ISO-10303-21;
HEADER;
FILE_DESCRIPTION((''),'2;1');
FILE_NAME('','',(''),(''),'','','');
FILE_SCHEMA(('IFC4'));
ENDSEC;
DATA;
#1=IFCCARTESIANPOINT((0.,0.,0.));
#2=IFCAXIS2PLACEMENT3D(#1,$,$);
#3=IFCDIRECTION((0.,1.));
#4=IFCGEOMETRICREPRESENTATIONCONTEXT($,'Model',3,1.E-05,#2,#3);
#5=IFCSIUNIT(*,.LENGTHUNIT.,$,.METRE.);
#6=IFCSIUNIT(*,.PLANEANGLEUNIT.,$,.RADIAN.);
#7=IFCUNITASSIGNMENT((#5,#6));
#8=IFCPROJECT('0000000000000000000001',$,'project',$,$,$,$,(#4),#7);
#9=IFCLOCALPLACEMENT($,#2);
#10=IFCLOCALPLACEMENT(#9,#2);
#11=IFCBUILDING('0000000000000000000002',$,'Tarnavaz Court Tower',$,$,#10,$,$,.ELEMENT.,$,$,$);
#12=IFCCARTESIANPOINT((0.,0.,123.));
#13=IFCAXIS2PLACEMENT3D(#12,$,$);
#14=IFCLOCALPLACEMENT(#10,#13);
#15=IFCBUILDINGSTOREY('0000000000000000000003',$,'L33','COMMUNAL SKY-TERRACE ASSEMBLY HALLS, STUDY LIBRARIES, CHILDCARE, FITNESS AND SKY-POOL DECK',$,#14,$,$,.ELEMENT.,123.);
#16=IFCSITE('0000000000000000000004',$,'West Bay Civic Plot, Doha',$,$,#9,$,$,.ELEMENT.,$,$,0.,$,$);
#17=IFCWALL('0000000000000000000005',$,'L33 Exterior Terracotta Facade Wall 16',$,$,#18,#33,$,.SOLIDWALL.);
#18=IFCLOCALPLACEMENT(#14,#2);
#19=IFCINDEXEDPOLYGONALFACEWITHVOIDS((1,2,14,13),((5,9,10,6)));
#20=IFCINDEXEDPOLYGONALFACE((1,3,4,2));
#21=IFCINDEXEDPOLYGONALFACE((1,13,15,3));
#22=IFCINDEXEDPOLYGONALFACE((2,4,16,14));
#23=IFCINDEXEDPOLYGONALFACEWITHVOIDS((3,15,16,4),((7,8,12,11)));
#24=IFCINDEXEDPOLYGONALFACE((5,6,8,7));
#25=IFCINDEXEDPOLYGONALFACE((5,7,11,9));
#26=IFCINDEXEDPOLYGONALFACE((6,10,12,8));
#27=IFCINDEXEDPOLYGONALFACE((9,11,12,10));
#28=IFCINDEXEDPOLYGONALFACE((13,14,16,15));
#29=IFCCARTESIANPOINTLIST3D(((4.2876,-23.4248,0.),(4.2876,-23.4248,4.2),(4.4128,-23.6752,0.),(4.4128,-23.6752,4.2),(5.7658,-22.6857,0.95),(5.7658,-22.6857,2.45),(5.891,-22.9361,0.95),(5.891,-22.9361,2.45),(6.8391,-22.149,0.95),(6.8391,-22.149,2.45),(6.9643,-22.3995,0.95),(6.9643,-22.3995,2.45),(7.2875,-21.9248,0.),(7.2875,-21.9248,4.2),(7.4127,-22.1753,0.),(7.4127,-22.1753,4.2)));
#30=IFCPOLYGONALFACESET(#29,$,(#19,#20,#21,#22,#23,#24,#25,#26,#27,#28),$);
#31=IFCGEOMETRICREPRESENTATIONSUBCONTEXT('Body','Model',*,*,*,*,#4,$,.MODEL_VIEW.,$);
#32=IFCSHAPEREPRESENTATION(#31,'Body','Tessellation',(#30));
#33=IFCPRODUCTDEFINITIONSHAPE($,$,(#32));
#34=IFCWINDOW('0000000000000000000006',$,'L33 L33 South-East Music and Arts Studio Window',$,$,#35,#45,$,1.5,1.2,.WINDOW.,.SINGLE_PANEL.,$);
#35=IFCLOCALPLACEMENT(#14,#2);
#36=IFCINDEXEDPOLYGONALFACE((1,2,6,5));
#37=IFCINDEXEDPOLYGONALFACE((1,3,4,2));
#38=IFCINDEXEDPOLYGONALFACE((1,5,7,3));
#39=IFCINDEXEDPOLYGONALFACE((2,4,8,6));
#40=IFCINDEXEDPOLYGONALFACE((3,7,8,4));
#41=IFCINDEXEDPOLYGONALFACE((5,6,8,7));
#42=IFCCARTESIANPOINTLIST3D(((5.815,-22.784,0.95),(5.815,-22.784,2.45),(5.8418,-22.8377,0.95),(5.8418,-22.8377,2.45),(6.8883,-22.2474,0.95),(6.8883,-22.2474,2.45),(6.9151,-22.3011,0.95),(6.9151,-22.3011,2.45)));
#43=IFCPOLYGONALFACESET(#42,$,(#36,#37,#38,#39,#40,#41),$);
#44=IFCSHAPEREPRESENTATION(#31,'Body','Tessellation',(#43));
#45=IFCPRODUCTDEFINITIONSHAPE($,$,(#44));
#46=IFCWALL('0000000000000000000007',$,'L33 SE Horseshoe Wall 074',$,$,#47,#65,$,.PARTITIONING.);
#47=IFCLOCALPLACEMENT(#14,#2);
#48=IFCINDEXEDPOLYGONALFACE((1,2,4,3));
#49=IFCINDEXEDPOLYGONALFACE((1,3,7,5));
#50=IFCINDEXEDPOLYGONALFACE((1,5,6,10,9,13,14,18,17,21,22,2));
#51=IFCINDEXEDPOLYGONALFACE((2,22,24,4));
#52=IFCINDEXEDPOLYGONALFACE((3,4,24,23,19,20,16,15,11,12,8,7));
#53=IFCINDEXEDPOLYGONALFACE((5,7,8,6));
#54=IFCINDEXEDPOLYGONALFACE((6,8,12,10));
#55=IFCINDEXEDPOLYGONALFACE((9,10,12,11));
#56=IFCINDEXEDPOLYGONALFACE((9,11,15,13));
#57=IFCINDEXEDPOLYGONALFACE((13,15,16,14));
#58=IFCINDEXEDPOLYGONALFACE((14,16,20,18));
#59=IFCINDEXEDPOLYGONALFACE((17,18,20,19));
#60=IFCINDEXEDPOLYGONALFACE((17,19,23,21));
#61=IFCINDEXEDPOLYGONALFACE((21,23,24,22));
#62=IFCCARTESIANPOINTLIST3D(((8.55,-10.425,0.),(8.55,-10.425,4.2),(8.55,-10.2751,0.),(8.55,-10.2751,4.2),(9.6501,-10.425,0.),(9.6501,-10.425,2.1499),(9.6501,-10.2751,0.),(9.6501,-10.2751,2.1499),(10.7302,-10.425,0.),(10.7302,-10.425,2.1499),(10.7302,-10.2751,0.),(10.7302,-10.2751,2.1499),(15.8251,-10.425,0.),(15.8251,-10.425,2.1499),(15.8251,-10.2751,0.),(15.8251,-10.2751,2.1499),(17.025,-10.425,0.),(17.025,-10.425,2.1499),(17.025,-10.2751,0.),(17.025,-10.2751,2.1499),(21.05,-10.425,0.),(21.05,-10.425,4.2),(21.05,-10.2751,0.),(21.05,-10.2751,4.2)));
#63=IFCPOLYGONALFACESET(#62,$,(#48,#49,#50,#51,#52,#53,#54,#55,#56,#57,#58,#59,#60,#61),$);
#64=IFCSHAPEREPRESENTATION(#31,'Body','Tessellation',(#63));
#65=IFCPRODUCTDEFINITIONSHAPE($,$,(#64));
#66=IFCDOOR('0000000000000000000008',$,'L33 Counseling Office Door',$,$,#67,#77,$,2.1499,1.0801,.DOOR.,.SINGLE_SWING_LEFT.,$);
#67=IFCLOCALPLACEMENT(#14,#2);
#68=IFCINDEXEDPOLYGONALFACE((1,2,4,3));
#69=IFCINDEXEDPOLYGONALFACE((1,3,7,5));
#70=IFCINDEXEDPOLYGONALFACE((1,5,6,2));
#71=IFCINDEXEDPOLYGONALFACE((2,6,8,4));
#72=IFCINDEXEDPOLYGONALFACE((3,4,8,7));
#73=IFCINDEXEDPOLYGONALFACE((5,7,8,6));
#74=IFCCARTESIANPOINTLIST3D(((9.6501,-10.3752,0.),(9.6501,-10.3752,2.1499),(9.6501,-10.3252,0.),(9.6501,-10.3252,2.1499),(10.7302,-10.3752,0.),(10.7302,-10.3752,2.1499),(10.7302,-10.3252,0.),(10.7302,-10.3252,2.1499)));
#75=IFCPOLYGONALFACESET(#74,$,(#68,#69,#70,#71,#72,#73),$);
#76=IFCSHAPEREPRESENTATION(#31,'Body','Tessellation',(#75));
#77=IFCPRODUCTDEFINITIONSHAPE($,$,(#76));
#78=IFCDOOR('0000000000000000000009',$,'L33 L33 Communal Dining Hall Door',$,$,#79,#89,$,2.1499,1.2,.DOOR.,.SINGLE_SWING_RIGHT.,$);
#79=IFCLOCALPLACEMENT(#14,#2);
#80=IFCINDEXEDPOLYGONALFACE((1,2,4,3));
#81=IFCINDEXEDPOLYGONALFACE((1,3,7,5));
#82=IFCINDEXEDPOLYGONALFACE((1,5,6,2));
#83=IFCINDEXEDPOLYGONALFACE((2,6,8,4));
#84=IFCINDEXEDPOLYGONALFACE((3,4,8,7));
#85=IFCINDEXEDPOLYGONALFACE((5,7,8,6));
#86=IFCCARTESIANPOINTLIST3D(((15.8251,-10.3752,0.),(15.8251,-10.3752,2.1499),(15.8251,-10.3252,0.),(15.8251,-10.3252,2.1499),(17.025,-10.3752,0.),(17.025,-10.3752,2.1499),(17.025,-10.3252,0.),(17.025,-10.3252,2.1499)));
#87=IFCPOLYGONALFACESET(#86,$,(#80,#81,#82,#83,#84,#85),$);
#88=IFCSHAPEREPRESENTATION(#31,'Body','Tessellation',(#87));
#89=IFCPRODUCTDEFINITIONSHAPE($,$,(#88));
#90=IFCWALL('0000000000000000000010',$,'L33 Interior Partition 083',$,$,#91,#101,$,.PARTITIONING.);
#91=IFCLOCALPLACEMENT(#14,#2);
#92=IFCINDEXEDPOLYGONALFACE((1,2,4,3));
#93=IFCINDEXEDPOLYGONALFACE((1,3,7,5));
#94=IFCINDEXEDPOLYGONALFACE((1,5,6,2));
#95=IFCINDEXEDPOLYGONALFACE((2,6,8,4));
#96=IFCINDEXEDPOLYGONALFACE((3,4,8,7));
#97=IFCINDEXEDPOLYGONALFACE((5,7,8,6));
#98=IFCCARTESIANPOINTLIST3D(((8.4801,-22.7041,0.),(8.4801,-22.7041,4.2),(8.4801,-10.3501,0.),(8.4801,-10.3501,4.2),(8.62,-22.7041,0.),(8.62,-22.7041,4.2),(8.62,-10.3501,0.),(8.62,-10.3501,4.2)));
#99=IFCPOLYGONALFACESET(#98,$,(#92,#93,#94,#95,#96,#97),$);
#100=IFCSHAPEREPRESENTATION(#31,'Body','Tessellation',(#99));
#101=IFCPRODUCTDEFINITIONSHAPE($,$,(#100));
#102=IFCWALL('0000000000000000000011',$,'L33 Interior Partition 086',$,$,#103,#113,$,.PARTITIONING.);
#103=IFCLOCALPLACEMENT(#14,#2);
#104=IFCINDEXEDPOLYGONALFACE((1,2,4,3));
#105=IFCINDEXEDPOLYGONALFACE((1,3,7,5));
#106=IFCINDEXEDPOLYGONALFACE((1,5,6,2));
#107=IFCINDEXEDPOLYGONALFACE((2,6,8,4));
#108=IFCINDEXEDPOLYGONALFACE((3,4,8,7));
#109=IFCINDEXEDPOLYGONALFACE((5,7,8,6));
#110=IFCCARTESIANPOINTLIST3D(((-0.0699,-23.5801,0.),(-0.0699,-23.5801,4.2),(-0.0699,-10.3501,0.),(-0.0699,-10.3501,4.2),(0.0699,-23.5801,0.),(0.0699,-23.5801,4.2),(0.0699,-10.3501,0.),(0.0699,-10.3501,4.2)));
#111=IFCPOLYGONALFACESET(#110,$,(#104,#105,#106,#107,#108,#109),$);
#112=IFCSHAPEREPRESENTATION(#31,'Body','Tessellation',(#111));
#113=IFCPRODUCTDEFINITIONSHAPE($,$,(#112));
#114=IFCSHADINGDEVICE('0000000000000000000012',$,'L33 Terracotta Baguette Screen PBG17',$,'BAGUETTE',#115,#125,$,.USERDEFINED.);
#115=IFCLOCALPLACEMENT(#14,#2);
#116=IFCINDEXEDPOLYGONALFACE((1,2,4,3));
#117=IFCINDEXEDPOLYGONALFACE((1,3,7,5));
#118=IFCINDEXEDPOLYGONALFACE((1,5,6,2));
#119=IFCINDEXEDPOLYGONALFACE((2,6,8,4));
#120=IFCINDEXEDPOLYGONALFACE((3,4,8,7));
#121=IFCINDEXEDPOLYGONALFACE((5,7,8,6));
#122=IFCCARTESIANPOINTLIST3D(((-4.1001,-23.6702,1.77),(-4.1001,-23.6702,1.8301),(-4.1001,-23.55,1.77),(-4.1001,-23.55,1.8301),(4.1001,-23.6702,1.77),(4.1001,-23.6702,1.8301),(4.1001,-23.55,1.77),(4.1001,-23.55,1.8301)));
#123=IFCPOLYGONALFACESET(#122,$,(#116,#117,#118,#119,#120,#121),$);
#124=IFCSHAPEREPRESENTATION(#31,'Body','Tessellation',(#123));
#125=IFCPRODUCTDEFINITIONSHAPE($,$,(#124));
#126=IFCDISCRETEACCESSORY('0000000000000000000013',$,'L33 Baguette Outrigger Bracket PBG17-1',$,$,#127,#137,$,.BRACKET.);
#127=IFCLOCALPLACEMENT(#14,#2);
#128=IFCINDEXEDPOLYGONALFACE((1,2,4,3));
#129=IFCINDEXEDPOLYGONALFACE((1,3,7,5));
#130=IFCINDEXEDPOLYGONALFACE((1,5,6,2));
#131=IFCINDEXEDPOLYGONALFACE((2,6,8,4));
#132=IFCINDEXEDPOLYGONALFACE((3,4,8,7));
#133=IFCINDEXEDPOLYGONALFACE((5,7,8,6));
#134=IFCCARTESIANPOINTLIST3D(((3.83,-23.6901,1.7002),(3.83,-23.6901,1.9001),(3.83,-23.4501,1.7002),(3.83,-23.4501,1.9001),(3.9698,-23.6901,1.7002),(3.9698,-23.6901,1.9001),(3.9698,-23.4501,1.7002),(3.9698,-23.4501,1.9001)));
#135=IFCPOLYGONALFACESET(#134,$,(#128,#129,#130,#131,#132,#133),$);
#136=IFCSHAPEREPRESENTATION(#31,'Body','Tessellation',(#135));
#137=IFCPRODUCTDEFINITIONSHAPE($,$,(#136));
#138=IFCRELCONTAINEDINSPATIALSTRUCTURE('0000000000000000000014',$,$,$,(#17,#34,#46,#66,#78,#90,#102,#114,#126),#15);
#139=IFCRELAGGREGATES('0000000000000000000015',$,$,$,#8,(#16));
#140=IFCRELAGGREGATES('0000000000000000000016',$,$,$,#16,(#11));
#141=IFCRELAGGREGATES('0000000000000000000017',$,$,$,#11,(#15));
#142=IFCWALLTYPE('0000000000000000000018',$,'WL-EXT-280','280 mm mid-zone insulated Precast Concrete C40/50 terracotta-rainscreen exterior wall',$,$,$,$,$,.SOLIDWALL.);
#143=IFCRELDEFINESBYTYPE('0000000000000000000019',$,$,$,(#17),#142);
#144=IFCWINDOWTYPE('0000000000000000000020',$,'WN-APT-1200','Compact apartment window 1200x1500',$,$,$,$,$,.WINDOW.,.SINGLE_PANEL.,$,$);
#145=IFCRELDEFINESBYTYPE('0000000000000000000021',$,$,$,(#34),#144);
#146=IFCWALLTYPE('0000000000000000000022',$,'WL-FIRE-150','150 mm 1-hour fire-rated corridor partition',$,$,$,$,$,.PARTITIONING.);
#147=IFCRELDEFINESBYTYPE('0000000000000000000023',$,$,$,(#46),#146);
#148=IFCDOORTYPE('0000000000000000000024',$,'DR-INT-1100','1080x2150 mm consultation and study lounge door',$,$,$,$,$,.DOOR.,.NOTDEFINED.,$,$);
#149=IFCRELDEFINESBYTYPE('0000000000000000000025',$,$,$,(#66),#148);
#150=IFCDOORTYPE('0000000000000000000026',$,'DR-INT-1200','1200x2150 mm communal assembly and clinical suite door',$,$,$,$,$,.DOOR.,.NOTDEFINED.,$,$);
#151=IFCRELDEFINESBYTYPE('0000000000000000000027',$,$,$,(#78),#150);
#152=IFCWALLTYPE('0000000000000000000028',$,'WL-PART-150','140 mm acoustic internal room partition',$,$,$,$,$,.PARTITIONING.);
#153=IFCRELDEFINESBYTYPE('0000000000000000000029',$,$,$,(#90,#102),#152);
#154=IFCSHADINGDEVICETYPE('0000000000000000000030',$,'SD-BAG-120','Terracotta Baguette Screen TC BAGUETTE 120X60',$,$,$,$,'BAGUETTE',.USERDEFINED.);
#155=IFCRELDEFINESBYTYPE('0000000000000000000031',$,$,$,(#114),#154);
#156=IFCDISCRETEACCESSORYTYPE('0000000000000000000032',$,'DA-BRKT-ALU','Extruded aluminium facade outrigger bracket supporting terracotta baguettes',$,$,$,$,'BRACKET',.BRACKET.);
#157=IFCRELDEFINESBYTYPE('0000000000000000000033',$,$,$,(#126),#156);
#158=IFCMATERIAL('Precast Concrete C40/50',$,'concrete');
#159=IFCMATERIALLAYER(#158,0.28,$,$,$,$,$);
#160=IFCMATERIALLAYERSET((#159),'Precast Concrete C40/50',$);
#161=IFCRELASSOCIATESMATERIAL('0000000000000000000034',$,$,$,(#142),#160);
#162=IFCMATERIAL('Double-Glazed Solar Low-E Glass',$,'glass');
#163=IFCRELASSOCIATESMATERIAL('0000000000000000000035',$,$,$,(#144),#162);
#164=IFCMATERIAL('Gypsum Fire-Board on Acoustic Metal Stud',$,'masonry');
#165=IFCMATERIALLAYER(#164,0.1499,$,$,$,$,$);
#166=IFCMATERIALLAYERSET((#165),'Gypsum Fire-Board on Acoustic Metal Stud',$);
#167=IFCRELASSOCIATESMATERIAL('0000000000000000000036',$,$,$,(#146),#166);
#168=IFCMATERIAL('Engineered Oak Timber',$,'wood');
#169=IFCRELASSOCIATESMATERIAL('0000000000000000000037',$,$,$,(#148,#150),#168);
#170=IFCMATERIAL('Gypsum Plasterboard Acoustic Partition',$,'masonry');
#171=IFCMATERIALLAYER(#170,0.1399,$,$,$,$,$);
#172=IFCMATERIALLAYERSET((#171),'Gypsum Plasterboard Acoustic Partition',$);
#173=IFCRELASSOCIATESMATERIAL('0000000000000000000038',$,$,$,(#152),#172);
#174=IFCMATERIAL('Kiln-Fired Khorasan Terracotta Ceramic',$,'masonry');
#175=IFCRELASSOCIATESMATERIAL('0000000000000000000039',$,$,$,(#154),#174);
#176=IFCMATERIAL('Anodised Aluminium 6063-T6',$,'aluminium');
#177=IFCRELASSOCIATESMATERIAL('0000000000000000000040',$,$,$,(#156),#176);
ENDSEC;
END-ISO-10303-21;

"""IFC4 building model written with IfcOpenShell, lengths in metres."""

from ifc_helpers import new_model, si_unit, direction, frame, frame_2d, origin, origin_2d, place, context, subcontext, project, spatial, rectangle, extrude, material, layer, layer_set, material_profile, profile_set, type_object, element, fill, save


model = new_model("IFC4")

# Units and contexts
model_context = context("Model", 3, precision=1e-05, world=origin(), true_north=direction((0.0, 1.0)))
body_context = subcontext(model_context, "Body", "Model", "MODEL_VIEW")
ifc_project = project(units=[si_unit("LENGTHUNIT", "METRE"), si_unit("PLANEANGLEUNIT", "RADIAN")], contexts=[model_context])

# Site, building, storey
site_placement = place(None, origin())
site = spatial("IfcSite", under=ifc_project, at=site_placement, Name="West Bay Civic Plot, Doha", CompositionType="ELEMENT", RefElevation=0.0)
building_placement = place(site_placement, origin())
building = spatial("IfcBuilding", under=site, at=building_placement, Name="Tarnavaz Court Tower", CompositionType="ELEMENT")
storey_placement = place(building_placement, frame((0.0, 0.0, 123.0)))
storey = spatial("IfcBuildingStorey", under=building, at=storey_placement, Name="L33", Description="COMMUNAL SKY-TERRACE ASSEMBLY HALLS, STUDY LIBRARIES, CHILDCARE, FITNESS AND SKY-POOL DECK", CompositionType="ELEMENT", Elevation=123.0)

# Shared definitions
ifc_material_1 = material(Name="Anodised Aluminium 6063-T6", Category="aluminium")

# Shared definitions
ifc_material_2 = material(Name="Double-Glazed Solar Low-E Glass", Category="glass")

# Wall, opening, window
ifc_material_3 = material(Name="Precast Concrete C40/50", Category="concrete")
ifc_layer_1 = layer(ifc_material_3, 0.28)
ifc_layer_set_1 = layer_set([ifc_layer_1], Name="Precast Concrete C40/50")
wall_type_1 = type_object("IfcWallType", Name="WL-EXT-280", Description="280 mm mid-zone insulated Precast Concrete C40/50 terracotta-rainscreen exterior wall", PredefinedType="SOLIDWALL", material=ifc_layer_set_1)
wall_1_placement = place(storey_placement, frame((7.3501, -22.05, 0.0), z_axis=(0.0, 0.0, 1.0), x_axis=(-0.894427, -0.447214, 0.0)))
wall_1 = element("IfcWall", 1, at=wall_1_placement, inside=storey, type_object=wall_type_1, Name="L33 Exterior Terracotta Facade Wall 16", PredefinedType="SOLIDWALL", context=body_context, shape_type="SweptSolid", body=[
    extrude(rectangle(XDim=3.354, YDim=0.28, at=frame_2d((1.677, 0.0))), origin(), (0.0, 0.0, 1.0), 4.2),
])
opening_1_placement = place(wall_1_placement, frame((0.5012, 0.0, 0.95)))
opening_1 = element("IfcOpeningElement", 2, at=opening_1_placement, cuts=wall_1, PredefinedType="OPENING", context=body_context, shape_type="SweptSolid", body=[
    extrude(rectangle(XDim=1.2, YDim=1.5, at=frame_2d((0.6001, 0.75))), frame((0.0, 0.1499, 0.0), z_axis=(0.0, -1.0, 0.0), x_axis=(1.0, 0.0, 0.0)), (0.0, 0.0, 1.0), 0.3),
])
window_type = type_object("IfcWindowType", Name="WN-APT-1200", Description="Compact apartment window 1200x1500", PartitioningType="SINGLE_PANEL", PredefinedType="WINDOW", material=ifc_material_2)
window_placement = place(opening_1_placement, origin())
window = element("IfcWindow", 3, at=window_placement, inside=storey, type_object=window_type, Name="L33 L33 South-East Music and Arts Studio Window", OverallHeight=1.5, OverallWidth=1.2, PartitioningType="SINGLE_PANEL", PredefinedType="WINDOW", context=body_context, shape_type="SweptSolid", body=[
    extrude(rectangle(XDim=1.2, YDim=1.5, at=frame_2d((0.6001, 0.75))), frame((0.0, 0.03, 0.0), z_axis=(0.0, -1.0, 0.0), x_axis=(1.0, 0.0, 0.0)), (0.0, 0.0, 1.0), 0.0601),
])
fill(opening_1, window)

# Wall, openings, doors
ifc_material_4 = material(Name="Gypsum Fire-Board on Acoustic Metal Stud", Category="masonry")
ifc_layer_2 = layer(ifc_material_4, 0.1499)
ifc_layer_set_2 = layer_set([ifc_layer_2], Name="Gypsum Fire-Board on Acoustic Metal Stud")
wall_type_2 = type_object("IfcWallType", Name="WL-FIRE-150", Description="150 mm 1-hour fire-rated corridor partition", PredefinedType="PARTITIONING", material=ifc_layer_set_2)
wall_2_placement = place(storey_placement, frame((8.55, -10.3501, 0.0), z_axis=(0.0, 0.0, 1.0), x_axis=(1.0, 0.0, 0.0)))
wall_2 = element("IfcWall", 4, at=wall_2_placement, inside=storey, type_object=wall_type_2, Name="L33 SE Horseshoe Wall 074", PredefinedType="PARTITIONING", context=body_context, shape_type="SweptSolid", body=[
    extrude(rectangle(XDim=12.5, YDim=0.1499, at=frame_2d((6.25, 0.0))), origin(), (0.0, 0.0, 1.0), 4.2),
])
opening_2_placement = place(wall_2_placement, frame((1.1001, 0.0, 0.0)))
opening_2 = element("IfcOpeningElement", 5, at=opening_2_placement, cuts=wall_2, PredefinedType="OPENING", context=body_context, shape_type="SweptSolid", body=[
    extrude(rectangle(XDim=1.0801, YDim=2.1499, at=frame_2d((0.54, 1.075))), frame((0.0, 0.085, 0.0), z_axis=(0.0, -1.0, 0.0), x_axis=(1.0, 0.0, 0.0)), (0.0, 0.0, 1.0), 0.1699),
])
opening_3_placement = place(wall_2_placement, frame((7.2749, 0.0, 0.0)))
opening_3 = element("IfcOpeningElement", 6, at=opening_3_placement, cuts=wall_2, PredefinedType="OPENING", context=body_context, shape_type="SweptSolid", body=[
    extrude(rectangle(XDim=1.2, YDim=2.1499, at=frame_2d((0.6001, 1.075))), frame((0.0, 0.085, 0.0), z_axis=(0.0, -1.0, 0.0), x_axis=(1.0, 0.0, 0.0)), (0.0, 0.0, 1.0), 0.1699),
])
ifc_material_5 = material(Name="Engineered Oak Timber", Category="wood")
door_type_1 = type_object("IfcDoorType", Name="DR-INT-1100", Description="1080x2150 mm consultation and study lounge door", OperationType="NOTDEFINED", PredefinedType="DOOR", material=ifc_material_5)
door_1_placement = place(opening_2_placement, origin())
door_1 = element("IfcDoor", 7, at=door_1_placement, inside=storey, type_object=door_type_1, Name="L33 Counseling Office Door", OperationType="SINGLE_SWING_LEFT", OverallHeight=2.1499, OverallWidth=1.0801, PredefinedType="DOOR", context=body_context, shape_type="SweptSolid", body=[
    extrude(rectangle(XDim=1.0801, YDim=2.1499, at=frame_2d((0.54, 1.075))), frame((0.0, 0.0249, 0.0), z_axis=(0.0, -1.0, 0.0), x_axis=(1.0, 0.0, 0.0)), (0.0, 0.0, 1.0), 0.05),
])
fill(opening_2, door_1)
door_type_2 = type_object("IfcDoorType", Name="DR-INT-1200", Description="1200x2150 mm communal assembly and clinical suite door", OperationType="NOTDEFINED", PredefinedType="DOOR", material=ifc_material_5)
door_2_placement = place(opening_3_placement, origin())
door_2 = element("IfcDoor", 8, at=door_2_placement, inside=storey, type_object=door_type_2, Name="L33 L33 Communal Dining Hall Door", OperationType="SINGLE_SWING_RIGHT", OverallHeight=2.1499, OverallWidth=1.2, PredefinedType="DOOR", context=body_context, shape_type="SweptSolid", body=[
    extrude(rectangle(XDim=1.2, YDim=2.1499, at=frame_2d((0.6001, 1.075))), frame((0.0, 0.0249, 0.0), z_axis=(0.0, -1.0, 0.0), x_axis=(1.0, 0.0, 0.0)), (0.0, 0.0, 1.0), 0.05),
])
fill(opening_3, door_2)

# Walls
ifc_material_6 = material(Name="Gypsum Plasterboard Acoustic Partition", Category="masonry")
ifc_layer_3 = layer(ifc_material_6, 0.1399)
ifc_layer_set_3 = layer_set([ifc_layer_3], Name="Gypsum Plasterboard Acoustic Partition")
wall_type_3 = type_object("IfcWallType", Name="WL-PART-150", Description="140 mm acoustic internal room partition", PredefinedType="PARTITIONING", material=ifc_layer_set_3)
wall_3_placement = place(storey_placement, frame((8.55, -22.7041, 0.0), z_axis=(0.0, 0.0, 1.0), x_axis=(0.0, 1.0, 0.0)))
element("IfcWall", 9, at=wall_3_placement, inside=storey, type_object=wall_type_3, Name="L33 Interior Partition 083", PredefinedType="PARTITIONING", context=body_context, shape_type="SweptSolid", body=[
    extrude(rectangle(XDim=12.354, YDim=0.1399, at=frame_2d((6.177, 0.0))), origin(), (0.0, 0.0, 1.0), 4.2),
])
wall_4_placement = place(storey_placement, frame((0.0, -23.5801, 0.0), z_axis=(0.0, 0.0, 1.0), x_axis=(0.0, 1.0, 0.0)))
element("IfcWall", 10, at=wall_4_placement, inside=storey, type_object=wall_type_3, Name="L33 Interior Partition 086", PredefinedType="PARTITIONING", context=body_context, shape_type="SweptSolid", body=[
    extrude(rectangle(XDim=13.23, YDim=0.1399, at=frame_2d((6.615, 0.0))), origin(), (0.0, 0.0, 1.0), 4.2),
])

# Shading device
ifc_material_7 = material(Name="Kiln-Fired Khorasan Terracotta Ceramic", Category="masonry")
ifc_material_profile_1 = material_profile(ifc_material_7, rectangle(XDim=0.1201, YDim=0.0601, at=origin_2d()), Name="TC BAGUETTE 120X60")
ifc_profile_set_1 = profile_set([ifc_material_profile_1], Name="Kiln-Fired Khorasan Terracotta Ceramic")
shading_device_type = type_object("IfcShadingDeviceType", Name="SD-BAG-120", Description="Terracotta Baguette Screen TC BAGUETTE 120X60", ElementType="BAGUETTE", PredefinedType="USERDEFINED", material=ifc_profile_set_1)
shading_device_placement = place(storey_placement, frame((4.1001, -23.6101, 1.8), z_axis=(-1.0, 0.0, 0.0), x_axis=(0.0, -1.0, 0.0)))
element("IfcShadingDevice", 11, at=shading_device_placement, inside=storey, type_object=shading_device_type, Name="L33 Terracotta Baguette Screen PBG17", ObjectType="BAGUETTE", PredefinedType="USERDEFINED", context=body_context, shape_type="SweptSolid", body=[
    extrude(rectangle(XDim=0.1201, YDim=0.0601, at=origin_2d()), origin(), (0.0, 0.0, 1.0), 8.2002),
])

# Discrete accessory
discrete_accessory_type = type_object("IfcDiscreteAccessoryType", Name="DA-BRKT-ALU", Description="Extruded aluminium facade outrigger bracket supporting terracotta baguettes", ElementType="BRACKET", PredefinedType="BRACKET", material=ifc_material_1)
discrete_accessory_placement = place(storey_placement, frame((3.8999, -23.5701, 1.7002), z_axis=(0.0, 0.0, 1.0), x_axis=(-1.0, 0.0, 0.0)))
element("IfcDiscreteAccessory", 12, at=discrete_accessory_placement, inside=storey, type_object=discrete_accessory_type, Name="L33 Baguette Outrigger Bracket PBG17-1", PredefinedType="BRACKET", context=body_context, shape_type="SweptSolid", body=[
    extrude(rectangle(XDim=0.1399, YDim=0.24, at=origin_2d()), origin(), (0.0, 0.0, 1.0), 0.2),
])

save(model, "model.ifc")
